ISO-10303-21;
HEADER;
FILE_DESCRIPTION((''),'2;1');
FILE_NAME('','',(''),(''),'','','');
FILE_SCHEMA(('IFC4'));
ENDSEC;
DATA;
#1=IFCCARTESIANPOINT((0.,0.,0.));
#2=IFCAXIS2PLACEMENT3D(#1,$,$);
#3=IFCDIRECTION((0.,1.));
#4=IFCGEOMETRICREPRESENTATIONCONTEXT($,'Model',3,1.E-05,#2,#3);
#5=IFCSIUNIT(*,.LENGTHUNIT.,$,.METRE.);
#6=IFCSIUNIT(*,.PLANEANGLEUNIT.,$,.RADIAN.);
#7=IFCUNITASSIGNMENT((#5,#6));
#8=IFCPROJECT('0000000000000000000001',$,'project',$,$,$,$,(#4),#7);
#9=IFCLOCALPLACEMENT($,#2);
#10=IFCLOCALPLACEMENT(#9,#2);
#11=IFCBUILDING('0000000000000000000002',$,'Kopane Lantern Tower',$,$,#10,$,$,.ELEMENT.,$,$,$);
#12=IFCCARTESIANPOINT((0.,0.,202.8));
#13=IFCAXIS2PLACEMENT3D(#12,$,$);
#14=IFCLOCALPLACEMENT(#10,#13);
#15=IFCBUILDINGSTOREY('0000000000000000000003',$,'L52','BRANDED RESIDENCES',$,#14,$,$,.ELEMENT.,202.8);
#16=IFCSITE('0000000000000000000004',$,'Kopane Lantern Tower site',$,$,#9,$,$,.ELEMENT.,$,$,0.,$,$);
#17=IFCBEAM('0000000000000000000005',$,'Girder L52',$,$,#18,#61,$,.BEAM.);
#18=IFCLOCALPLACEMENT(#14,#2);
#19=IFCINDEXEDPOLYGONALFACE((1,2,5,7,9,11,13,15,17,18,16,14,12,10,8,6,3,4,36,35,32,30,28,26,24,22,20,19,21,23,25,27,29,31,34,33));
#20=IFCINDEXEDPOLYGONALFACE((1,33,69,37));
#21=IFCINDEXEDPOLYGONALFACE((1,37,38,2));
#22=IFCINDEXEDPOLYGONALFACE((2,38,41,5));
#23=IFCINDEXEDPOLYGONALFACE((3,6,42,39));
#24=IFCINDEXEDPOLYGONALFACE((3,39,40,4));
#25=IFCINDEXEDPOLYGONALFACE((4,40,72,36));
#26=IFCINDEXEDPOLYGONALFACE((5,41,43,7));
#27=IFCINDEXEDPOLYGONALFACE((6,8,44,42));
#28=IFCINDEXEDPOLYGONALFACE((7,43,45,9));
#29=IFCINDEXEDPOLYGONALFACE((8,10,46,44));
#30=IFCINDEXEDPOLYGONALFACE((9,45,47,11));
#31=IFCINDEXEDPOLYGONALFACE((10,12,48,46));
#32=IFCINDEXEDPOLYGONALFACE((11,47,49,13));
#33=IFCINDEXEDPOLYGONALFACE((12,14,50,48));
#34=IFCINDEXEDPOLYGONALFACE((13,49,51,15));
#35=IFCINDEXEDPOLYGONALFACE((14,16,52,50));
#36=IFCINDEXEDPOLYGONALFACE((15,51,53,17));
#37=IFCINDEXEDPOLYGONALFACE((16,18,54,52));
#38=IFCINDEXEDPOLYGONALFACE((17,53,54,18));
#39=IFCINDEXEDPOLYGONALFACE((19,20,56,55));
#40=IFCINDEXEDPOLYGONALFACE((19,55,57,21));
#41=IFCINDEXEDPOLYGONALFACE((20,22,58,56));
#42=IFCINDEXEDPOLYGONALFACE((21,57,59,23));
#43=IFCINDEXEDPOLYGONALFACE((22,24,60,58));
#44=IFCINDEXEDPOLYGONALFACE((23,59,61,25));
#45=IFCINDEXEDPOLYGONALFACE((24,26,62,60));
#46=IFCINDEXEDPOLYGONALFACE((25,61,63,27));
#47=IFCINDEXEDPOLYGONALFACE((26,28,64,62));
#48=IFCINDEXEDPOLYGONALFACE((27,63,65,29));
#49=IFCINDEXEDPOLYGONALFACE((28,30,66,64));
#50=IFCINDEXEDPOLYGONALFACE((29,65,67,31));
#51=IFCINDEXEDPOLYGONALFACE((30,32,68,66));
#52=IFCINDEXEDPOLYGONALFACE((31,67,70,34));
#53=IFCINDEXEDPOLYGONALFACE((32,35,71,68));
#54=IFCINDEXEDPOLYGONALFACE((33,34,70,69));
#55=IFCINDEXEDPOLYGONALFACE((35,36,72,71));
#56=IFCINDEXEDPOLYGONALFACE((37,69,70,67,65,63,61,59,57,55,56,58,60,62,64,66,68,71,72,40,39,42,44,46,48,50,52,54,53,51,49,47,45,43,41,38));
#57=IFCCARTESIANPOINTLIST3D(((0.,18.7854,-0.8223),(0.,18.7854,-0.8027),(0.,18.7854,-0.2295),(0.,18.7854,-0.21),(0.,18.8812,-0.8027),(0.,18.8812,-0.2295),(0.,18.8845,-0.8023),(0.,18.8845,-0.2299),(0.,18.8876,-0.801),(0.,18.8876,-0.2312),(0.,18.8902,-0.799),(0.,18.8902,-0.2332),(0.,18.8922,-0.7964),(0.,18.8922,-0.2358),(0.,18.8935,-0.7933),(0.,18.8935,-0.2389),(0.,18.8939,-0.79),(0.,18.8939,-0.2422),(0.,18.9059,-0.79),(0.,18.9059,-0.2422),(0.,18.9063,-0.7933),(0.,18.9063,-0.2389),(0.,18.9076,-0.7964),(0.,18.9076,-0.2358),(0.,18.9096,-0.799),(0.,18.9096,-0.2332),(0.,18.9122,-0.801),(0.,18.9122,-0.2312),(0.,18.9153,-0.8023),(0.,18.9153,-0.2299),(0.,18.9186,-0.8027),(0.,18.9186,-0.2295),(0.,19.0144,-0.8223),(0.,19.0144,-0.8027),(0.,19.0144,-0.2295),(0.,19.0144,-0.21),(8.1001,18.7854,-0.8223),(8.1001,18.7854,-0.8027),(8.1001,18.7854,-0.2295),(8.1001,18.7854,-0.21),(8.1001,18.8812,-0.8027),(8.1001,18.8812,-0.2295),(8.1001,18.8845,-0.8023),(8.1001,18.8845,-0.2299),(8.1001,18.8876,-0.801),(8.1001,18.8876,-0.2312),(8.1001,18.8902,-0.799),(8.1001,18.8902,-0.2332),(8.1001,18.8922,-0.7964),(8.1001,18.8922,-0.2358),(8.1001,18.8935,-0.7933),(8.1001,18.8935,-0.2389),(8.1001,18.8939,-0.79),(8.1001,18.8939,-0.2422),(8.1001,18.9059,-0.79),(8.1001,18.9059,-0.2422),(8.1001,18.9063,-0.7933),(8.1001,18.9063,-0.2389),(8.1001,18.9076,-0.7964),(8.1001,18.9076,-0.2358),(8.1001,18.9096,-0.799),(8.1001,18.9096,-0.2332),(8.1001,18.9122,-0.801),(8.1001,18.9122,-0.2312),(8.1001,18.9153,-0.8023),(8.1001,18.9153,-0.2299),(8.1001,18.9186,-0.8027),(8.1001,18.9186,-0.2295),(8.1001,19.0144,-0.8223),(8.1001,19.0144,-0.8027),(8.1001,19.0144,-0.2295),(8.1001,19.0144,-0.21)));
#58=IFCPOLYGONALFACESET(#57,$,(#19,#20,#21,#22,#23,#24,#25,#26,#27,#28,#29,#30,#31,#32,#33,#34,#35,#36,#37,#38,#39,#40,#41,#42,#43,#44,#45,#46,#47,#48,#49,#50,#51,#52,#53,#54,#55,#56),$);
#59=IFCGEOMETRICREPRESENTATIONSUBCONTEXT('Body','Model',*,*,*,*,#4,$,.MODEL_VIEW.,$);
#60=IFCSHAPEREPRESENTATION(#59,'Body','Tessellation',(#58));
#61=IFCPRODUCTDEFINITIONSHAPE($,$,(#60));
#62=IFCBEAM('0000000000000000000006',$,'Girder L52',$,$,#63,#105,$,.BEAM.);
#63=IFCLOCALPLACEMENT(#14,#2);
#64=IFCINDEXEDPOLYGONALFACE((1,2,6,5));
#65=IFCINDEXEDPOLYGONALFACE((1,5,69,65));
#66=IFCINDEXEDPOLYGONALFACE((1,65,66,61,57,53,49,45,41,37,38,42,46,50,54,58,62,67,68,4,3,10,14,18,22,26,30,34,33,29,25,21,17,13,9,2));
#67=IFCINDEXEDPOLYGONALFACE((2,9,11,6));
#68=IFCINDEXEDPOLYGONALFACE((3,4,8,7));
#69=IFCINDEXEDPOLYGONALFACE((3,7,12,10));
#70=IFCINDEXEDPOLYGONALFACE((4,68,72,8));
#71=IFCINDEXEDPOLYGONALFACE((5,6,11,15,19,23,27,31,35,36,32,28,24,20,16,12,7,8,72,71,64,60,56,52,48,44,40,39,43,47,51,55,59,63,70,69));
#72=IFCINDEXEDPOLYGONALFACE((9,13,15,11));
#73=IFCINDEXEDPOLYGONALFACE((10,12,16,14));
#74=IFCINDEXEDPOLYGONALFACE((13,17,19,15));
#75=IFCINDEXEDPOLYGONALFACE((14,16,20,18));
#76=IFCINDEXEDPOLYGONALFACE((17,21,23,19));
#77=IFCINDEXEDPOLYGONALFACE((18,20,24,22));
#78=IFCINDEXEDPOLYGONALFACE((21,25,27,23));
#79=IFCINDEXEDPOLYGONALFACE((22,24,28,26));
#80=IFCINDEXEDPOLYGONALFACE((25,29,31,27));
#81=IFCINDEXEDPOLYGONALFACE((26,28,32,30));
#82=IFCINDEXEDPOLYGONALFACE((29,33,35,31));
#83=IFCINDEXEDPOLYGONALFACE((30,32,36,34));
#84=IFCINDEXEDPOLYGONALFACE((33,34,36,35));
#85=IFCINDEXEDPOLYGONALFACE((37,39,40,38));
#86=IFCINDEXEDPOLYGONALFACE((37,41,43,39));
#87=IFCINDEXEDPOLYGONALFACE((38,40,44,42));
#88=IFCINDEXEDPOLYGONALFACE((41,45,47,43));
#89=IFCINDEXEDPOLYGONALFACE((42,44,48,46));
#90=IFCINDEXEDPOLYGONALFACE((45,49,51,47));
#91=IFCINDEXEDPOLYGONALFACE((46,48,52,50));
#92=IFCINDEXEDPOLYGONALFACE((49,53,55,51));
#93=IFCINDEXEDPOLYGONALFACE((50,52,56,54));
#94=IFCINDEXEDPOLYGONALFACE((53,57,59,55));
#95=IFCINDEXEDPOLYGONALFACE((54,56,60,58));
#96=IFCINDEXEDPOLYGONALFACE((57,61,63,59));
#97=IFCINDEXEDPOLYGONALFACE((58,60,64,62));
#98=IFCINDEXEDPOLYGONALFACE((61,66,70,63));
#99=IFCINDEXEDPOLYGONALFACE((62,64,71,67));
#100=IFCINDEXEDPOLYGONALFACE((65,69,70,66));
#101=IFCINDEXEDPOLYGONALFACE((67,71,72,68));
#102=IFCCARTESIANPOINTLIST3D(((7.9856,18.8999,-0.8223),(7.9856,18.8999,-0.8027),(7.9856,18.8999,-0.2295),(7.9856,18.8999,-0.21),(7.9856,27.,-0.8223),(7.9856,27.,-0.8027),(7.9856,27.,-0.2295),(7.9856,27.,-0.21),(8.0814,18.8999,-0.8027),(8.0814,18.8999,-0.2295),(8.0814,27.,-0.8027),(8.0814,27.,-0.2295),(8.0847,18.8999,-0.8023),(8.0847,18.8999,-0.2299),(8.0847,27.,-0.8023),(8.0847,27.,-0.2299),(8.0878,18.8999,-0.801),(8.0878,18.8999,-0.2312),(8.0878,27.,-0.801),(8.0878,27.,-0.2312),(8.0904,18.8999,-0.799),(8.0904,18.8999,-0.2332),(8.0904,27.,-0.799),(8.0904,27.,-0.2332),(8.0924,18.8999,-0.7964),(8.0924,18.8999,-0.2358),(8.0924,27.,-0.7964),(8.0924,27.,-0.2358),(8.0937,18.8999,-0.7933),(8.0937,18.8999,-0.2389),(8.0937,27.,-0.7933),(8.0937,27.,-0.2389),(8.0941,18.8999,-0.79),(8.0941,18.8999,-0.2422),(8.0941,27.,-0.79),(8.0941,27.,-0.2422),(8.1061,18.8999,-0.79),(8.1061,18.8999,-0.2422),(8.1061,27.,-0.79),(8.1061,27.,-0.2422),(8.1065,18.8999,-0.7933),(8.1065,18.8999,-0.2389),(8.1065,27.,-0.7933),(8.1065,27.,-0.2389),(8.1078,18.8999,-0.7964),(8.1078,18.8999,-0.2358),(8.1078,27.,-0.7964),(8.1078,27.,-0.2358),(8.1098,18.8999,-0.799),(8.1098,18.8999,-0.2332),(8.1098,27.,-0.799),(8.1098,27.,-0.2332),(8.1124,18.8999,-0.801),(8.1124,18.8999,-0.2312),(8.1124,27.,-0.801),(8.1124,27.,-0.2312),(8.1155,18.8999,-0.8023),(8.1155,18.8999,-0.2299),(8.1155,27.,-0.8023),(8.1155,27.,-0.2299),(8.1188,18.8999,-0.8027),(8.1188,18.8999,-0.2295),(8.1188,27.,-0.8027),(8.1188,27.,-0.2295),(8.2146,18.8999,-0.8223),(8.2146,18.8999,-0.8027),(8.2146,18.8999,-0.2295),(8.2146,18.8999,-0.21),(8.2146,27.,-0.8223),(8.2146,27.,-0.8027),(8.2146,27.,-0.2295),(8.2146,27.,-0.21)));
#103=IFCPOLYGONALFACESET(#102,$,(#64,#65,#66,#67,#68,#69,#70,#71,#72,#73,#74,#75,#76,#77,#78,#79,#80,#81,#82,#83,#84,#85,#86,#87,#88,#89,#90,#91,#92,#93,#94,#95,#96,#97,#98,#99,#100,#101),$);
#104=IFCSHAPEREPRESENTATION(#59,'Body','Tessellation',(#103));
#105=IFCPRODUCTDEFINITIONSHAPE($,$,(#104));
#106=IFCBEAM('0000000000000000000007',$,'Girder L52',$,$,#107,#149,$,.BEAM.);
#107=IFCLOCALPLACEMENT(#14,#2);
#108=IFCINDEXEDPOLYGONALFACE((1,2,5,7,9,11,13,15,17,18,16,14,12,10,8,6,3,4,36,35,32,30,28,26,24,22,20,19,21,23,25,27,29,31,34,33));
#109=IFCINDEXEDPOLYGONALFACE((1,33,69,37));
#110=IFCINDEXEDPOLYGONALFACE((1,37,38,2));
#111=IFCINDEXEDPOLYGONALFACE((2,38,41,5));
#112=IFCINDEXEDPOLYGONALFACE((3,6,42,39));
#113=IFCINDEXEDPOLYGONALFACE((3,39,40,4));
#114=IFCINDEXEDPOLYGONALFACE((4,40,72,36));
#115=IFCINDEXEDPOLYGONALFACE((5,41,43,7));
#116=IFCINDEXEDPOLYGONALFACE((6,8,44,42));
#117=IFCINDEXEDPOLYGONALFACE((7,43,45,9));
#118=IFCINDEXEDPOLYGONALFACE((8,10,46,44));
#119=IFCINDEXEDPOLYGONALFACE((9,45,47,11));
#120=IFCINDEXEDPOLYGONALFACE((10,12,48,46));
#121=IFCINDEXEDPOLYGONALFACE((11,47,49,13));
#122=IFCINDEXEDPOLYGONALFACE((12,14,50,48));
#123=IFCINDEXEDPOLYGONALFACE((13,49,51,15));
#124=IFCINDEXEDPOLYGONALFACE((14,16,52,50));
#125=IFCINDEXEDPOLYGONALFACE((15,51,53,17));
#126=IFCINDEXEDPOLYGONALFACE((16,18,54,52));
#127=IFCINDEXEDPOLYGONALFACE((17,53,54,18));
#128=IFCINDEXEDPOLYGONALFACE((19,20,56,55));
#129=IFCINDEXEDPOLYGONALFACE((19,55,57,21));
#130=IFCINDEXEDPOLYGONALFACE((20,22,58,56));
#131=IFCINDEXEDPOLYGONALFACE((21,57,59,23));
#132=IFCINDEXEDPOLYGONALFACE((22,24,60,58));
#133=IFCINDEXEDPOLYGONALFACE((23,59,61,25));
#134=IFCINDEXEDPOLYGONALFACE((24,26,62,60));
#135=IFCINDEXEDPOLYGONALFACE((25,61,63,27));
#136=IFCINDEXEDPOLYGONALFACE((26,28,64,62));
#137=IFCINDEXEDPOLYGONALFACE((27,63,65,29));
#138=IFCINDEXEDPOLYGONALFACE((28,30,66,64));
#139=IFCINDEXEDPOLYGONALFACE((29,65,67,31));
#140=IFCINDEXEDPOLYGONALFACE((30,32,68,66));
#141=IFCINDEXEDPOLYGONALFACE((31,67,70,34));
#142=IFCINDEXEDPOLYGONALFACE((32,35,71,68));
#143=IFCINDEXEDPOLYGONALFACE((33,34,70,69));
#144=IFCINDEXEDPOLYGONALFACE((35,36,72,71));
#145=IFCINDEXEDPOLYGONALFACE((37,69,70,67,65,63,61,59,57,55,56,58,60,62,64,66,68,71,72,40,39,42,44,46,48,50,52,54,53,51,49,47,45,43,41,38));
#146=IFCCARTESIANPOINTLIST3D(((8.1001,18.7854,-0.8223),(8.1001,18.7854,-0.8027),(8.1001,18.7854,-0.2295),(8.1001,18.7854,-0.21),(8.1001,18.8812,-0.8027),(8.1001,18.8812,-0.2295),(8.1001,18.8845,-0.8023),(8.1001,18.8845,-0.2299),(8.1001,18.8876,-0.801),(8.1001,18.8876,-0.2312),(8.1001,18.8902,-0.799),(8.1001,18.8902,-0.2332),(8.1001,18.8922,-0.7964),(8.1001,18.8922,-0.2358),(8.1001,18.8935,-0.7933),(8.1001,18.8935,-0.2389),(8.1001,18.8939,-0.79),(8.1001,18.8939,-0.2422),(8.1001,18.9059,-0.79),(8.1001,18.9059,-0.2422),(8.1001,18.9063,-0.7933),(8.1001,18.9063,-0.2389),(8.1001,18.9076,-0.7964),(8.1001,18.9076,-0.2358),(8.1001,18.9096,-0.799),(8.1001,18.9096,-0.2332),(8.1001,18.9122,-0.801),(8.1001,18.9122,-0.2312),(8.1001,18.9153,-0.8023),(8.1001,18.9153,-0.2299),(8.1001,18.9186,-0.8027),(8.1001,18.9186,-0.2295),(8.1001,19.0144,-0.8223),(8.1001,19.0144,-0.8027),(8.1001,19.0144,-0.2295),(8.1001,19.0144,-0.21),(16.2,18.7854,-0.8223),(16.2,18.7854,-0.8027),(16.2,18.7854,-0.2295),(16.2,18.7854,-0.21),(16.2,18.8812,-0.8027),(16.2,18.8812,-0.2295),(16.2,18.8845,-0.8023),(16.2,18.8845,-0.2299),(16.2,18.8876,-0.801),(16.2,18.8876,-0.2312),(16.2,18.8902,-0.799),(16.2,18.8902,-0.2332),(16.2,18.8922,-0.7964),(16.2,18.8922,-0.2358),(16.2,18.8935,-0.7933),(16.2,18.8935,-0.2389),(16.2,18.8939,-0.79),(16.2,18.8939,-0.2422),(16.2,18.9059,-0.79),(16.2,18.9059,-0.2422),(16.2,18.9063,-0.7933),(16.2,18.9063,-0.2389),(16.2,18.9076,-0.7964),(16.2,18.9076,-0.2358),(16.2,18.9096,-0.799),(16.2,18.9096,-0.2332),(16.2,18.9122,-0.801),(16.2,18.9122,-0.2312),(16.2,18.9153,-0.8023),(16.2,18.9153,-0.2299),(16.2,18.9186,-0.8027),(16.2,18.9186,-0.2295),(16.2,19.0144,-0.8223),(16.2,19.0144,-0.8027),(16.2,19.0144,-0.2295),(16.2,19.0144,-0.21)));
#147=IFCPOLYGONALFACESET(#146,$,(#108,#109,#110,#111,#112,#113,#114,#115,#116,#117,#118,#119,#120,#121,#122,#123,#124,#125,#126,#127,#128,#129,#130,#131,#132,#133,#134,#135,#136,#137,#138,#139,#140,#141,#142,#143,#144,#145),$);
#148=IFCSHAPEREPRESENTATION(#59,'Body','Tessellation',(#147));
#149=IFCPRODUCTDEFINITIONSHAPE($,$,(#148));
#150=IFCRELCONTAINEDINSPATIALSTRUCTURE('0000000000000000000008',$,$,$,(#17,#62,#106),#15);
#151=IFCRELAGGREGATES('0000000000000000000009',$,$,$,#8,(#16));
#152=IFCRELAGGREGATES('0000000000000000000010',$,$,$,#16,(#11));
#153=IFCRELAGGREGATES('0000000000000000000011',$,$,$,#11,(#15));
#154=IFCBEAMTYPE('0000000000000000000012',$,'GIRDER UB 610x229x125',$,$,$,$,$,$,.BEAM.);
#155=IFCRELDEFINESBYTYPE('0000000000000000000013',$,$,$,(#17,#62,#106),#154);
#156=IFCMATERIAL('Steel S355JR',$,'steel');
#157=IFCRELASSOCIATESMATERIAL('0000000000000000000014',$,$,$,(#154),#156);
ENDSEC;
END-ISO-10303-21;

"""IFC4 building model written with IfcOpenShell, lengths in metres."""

from ifc_helpers import new_model, si_unit, direction, frame, origin, origin_2d, place, context, subcontext, project, spatial, i_section, extrude, material, material_profile, profile_set, type_object, element, save


model = new_model("IFC4")

# Units and contexts
model_context = context("Model", 3, precision=1e-05, world=origin(), true_north=direction((0.0, 1.0)))
body_context = subcontext(model_context, "Body", "Model", "MODEL_VIEW")
ifc_project = project(units=[si_unit("LENGTHUNIT", "METRE"), si_unit("PLANEANGLEUNIT", "RADIAN")], contexts=[model_context])

# Site, building, storey
site_placement = place(None, origin())
site = spatial("IfcSite", under=ifc_project, at=site_placement, Name="Kopane Lantern Tower site", CompositionType="ELEMENT", RefElevation=0.0)
building_placement = place(site_placement, origin())
building = spatial("IfcBuilding", under=site, at=building_placement, Name="Kopane Lantern Tower", CompositionType="ELEMENT")
storey_placement = place(building_placement, frame((0.0, 0.0, 202.8)))
storey = spatial("IfcBuildingStorey", under=building, at=storey_placement, Name="L52", Description="BRANDED RESIDENCES", CompositionType="ELEMENT", Elevation=202.8)

# Beams
ifc_material_1 = material(Name="Steel S355JR", Category="steel")
ifc_material_profile_1 = material_profile(ifc_material_1, i_section(OverallWidth=0.229, OverallDepth=0.6123, WebThickness=0.012, FlangeThickness=0.0195, FilletRadius=0.0127, at=origin_2d()), Name="UB 610x229x125")
ifc_profile_set_1 = profile_set([ifc_material_profile_1], Name="Steel S355JR")
beam_type_1 = type_object("IfcBeamType", Name="GIRDER UB 610x229x125", PredefinedType="BEAM", material=ifc_profile_set_1)
for number, where, z_axis, x_axis, name in (
    (1, (0.0, 18.8999, -0.5161), (1.0, 0.0, 0.0), (0.0, 1.0, 0.0), "Girder L52"),
    (2, (8.1001, 18.8999, -0.5161), (0.0, 1.0, 0.0), (-1.0, 0.0, 0.0), "Girder L52"),
):
    element("IfcBeam", number, at=place(storey_placement, frame(where, z_axis=z_axis, x_axis=x_axis)), inside=storey, type_object=beam_type_1, Name=name, PredefinedType="BEAM", context=body_context, shape_type="SweptSolid", body=[
        extrude(i_section(OverallWidth=0.229, OverallDepth=0.6123, WebThickness=0.012, FlangeThickness=0.0195, FilletRadius=0.0127, at=origin_2d()), origin(), (0.0, 0.0, 1.0), 8.1001),
    ])
beam_1_placement = place(storey_placement, frame((8.1001, 18.8999, -0.5161), z_axis=(1.0, 0.0, 0.0), x_axis=(0.0, 1.0, 0.0)))
element("IfcBeam", 3, at=beam_1_placement, inside=storey, type_object=beam_type_1, Name="Girder L52", PredefinedType="BEAM", context=body_context, shape_type="SweptSolid", body=[
    extrude(i_section(OverallWidth=0.229, OverallDepth=0.6123, WebThickness=0.012, FlangeThickness=0.0195, FilletRadius=0.0127, at=origin_2d()), origin(), (0.0, 0.0, 1.0), 8.0999),
])

save(model, "model.ifc")
